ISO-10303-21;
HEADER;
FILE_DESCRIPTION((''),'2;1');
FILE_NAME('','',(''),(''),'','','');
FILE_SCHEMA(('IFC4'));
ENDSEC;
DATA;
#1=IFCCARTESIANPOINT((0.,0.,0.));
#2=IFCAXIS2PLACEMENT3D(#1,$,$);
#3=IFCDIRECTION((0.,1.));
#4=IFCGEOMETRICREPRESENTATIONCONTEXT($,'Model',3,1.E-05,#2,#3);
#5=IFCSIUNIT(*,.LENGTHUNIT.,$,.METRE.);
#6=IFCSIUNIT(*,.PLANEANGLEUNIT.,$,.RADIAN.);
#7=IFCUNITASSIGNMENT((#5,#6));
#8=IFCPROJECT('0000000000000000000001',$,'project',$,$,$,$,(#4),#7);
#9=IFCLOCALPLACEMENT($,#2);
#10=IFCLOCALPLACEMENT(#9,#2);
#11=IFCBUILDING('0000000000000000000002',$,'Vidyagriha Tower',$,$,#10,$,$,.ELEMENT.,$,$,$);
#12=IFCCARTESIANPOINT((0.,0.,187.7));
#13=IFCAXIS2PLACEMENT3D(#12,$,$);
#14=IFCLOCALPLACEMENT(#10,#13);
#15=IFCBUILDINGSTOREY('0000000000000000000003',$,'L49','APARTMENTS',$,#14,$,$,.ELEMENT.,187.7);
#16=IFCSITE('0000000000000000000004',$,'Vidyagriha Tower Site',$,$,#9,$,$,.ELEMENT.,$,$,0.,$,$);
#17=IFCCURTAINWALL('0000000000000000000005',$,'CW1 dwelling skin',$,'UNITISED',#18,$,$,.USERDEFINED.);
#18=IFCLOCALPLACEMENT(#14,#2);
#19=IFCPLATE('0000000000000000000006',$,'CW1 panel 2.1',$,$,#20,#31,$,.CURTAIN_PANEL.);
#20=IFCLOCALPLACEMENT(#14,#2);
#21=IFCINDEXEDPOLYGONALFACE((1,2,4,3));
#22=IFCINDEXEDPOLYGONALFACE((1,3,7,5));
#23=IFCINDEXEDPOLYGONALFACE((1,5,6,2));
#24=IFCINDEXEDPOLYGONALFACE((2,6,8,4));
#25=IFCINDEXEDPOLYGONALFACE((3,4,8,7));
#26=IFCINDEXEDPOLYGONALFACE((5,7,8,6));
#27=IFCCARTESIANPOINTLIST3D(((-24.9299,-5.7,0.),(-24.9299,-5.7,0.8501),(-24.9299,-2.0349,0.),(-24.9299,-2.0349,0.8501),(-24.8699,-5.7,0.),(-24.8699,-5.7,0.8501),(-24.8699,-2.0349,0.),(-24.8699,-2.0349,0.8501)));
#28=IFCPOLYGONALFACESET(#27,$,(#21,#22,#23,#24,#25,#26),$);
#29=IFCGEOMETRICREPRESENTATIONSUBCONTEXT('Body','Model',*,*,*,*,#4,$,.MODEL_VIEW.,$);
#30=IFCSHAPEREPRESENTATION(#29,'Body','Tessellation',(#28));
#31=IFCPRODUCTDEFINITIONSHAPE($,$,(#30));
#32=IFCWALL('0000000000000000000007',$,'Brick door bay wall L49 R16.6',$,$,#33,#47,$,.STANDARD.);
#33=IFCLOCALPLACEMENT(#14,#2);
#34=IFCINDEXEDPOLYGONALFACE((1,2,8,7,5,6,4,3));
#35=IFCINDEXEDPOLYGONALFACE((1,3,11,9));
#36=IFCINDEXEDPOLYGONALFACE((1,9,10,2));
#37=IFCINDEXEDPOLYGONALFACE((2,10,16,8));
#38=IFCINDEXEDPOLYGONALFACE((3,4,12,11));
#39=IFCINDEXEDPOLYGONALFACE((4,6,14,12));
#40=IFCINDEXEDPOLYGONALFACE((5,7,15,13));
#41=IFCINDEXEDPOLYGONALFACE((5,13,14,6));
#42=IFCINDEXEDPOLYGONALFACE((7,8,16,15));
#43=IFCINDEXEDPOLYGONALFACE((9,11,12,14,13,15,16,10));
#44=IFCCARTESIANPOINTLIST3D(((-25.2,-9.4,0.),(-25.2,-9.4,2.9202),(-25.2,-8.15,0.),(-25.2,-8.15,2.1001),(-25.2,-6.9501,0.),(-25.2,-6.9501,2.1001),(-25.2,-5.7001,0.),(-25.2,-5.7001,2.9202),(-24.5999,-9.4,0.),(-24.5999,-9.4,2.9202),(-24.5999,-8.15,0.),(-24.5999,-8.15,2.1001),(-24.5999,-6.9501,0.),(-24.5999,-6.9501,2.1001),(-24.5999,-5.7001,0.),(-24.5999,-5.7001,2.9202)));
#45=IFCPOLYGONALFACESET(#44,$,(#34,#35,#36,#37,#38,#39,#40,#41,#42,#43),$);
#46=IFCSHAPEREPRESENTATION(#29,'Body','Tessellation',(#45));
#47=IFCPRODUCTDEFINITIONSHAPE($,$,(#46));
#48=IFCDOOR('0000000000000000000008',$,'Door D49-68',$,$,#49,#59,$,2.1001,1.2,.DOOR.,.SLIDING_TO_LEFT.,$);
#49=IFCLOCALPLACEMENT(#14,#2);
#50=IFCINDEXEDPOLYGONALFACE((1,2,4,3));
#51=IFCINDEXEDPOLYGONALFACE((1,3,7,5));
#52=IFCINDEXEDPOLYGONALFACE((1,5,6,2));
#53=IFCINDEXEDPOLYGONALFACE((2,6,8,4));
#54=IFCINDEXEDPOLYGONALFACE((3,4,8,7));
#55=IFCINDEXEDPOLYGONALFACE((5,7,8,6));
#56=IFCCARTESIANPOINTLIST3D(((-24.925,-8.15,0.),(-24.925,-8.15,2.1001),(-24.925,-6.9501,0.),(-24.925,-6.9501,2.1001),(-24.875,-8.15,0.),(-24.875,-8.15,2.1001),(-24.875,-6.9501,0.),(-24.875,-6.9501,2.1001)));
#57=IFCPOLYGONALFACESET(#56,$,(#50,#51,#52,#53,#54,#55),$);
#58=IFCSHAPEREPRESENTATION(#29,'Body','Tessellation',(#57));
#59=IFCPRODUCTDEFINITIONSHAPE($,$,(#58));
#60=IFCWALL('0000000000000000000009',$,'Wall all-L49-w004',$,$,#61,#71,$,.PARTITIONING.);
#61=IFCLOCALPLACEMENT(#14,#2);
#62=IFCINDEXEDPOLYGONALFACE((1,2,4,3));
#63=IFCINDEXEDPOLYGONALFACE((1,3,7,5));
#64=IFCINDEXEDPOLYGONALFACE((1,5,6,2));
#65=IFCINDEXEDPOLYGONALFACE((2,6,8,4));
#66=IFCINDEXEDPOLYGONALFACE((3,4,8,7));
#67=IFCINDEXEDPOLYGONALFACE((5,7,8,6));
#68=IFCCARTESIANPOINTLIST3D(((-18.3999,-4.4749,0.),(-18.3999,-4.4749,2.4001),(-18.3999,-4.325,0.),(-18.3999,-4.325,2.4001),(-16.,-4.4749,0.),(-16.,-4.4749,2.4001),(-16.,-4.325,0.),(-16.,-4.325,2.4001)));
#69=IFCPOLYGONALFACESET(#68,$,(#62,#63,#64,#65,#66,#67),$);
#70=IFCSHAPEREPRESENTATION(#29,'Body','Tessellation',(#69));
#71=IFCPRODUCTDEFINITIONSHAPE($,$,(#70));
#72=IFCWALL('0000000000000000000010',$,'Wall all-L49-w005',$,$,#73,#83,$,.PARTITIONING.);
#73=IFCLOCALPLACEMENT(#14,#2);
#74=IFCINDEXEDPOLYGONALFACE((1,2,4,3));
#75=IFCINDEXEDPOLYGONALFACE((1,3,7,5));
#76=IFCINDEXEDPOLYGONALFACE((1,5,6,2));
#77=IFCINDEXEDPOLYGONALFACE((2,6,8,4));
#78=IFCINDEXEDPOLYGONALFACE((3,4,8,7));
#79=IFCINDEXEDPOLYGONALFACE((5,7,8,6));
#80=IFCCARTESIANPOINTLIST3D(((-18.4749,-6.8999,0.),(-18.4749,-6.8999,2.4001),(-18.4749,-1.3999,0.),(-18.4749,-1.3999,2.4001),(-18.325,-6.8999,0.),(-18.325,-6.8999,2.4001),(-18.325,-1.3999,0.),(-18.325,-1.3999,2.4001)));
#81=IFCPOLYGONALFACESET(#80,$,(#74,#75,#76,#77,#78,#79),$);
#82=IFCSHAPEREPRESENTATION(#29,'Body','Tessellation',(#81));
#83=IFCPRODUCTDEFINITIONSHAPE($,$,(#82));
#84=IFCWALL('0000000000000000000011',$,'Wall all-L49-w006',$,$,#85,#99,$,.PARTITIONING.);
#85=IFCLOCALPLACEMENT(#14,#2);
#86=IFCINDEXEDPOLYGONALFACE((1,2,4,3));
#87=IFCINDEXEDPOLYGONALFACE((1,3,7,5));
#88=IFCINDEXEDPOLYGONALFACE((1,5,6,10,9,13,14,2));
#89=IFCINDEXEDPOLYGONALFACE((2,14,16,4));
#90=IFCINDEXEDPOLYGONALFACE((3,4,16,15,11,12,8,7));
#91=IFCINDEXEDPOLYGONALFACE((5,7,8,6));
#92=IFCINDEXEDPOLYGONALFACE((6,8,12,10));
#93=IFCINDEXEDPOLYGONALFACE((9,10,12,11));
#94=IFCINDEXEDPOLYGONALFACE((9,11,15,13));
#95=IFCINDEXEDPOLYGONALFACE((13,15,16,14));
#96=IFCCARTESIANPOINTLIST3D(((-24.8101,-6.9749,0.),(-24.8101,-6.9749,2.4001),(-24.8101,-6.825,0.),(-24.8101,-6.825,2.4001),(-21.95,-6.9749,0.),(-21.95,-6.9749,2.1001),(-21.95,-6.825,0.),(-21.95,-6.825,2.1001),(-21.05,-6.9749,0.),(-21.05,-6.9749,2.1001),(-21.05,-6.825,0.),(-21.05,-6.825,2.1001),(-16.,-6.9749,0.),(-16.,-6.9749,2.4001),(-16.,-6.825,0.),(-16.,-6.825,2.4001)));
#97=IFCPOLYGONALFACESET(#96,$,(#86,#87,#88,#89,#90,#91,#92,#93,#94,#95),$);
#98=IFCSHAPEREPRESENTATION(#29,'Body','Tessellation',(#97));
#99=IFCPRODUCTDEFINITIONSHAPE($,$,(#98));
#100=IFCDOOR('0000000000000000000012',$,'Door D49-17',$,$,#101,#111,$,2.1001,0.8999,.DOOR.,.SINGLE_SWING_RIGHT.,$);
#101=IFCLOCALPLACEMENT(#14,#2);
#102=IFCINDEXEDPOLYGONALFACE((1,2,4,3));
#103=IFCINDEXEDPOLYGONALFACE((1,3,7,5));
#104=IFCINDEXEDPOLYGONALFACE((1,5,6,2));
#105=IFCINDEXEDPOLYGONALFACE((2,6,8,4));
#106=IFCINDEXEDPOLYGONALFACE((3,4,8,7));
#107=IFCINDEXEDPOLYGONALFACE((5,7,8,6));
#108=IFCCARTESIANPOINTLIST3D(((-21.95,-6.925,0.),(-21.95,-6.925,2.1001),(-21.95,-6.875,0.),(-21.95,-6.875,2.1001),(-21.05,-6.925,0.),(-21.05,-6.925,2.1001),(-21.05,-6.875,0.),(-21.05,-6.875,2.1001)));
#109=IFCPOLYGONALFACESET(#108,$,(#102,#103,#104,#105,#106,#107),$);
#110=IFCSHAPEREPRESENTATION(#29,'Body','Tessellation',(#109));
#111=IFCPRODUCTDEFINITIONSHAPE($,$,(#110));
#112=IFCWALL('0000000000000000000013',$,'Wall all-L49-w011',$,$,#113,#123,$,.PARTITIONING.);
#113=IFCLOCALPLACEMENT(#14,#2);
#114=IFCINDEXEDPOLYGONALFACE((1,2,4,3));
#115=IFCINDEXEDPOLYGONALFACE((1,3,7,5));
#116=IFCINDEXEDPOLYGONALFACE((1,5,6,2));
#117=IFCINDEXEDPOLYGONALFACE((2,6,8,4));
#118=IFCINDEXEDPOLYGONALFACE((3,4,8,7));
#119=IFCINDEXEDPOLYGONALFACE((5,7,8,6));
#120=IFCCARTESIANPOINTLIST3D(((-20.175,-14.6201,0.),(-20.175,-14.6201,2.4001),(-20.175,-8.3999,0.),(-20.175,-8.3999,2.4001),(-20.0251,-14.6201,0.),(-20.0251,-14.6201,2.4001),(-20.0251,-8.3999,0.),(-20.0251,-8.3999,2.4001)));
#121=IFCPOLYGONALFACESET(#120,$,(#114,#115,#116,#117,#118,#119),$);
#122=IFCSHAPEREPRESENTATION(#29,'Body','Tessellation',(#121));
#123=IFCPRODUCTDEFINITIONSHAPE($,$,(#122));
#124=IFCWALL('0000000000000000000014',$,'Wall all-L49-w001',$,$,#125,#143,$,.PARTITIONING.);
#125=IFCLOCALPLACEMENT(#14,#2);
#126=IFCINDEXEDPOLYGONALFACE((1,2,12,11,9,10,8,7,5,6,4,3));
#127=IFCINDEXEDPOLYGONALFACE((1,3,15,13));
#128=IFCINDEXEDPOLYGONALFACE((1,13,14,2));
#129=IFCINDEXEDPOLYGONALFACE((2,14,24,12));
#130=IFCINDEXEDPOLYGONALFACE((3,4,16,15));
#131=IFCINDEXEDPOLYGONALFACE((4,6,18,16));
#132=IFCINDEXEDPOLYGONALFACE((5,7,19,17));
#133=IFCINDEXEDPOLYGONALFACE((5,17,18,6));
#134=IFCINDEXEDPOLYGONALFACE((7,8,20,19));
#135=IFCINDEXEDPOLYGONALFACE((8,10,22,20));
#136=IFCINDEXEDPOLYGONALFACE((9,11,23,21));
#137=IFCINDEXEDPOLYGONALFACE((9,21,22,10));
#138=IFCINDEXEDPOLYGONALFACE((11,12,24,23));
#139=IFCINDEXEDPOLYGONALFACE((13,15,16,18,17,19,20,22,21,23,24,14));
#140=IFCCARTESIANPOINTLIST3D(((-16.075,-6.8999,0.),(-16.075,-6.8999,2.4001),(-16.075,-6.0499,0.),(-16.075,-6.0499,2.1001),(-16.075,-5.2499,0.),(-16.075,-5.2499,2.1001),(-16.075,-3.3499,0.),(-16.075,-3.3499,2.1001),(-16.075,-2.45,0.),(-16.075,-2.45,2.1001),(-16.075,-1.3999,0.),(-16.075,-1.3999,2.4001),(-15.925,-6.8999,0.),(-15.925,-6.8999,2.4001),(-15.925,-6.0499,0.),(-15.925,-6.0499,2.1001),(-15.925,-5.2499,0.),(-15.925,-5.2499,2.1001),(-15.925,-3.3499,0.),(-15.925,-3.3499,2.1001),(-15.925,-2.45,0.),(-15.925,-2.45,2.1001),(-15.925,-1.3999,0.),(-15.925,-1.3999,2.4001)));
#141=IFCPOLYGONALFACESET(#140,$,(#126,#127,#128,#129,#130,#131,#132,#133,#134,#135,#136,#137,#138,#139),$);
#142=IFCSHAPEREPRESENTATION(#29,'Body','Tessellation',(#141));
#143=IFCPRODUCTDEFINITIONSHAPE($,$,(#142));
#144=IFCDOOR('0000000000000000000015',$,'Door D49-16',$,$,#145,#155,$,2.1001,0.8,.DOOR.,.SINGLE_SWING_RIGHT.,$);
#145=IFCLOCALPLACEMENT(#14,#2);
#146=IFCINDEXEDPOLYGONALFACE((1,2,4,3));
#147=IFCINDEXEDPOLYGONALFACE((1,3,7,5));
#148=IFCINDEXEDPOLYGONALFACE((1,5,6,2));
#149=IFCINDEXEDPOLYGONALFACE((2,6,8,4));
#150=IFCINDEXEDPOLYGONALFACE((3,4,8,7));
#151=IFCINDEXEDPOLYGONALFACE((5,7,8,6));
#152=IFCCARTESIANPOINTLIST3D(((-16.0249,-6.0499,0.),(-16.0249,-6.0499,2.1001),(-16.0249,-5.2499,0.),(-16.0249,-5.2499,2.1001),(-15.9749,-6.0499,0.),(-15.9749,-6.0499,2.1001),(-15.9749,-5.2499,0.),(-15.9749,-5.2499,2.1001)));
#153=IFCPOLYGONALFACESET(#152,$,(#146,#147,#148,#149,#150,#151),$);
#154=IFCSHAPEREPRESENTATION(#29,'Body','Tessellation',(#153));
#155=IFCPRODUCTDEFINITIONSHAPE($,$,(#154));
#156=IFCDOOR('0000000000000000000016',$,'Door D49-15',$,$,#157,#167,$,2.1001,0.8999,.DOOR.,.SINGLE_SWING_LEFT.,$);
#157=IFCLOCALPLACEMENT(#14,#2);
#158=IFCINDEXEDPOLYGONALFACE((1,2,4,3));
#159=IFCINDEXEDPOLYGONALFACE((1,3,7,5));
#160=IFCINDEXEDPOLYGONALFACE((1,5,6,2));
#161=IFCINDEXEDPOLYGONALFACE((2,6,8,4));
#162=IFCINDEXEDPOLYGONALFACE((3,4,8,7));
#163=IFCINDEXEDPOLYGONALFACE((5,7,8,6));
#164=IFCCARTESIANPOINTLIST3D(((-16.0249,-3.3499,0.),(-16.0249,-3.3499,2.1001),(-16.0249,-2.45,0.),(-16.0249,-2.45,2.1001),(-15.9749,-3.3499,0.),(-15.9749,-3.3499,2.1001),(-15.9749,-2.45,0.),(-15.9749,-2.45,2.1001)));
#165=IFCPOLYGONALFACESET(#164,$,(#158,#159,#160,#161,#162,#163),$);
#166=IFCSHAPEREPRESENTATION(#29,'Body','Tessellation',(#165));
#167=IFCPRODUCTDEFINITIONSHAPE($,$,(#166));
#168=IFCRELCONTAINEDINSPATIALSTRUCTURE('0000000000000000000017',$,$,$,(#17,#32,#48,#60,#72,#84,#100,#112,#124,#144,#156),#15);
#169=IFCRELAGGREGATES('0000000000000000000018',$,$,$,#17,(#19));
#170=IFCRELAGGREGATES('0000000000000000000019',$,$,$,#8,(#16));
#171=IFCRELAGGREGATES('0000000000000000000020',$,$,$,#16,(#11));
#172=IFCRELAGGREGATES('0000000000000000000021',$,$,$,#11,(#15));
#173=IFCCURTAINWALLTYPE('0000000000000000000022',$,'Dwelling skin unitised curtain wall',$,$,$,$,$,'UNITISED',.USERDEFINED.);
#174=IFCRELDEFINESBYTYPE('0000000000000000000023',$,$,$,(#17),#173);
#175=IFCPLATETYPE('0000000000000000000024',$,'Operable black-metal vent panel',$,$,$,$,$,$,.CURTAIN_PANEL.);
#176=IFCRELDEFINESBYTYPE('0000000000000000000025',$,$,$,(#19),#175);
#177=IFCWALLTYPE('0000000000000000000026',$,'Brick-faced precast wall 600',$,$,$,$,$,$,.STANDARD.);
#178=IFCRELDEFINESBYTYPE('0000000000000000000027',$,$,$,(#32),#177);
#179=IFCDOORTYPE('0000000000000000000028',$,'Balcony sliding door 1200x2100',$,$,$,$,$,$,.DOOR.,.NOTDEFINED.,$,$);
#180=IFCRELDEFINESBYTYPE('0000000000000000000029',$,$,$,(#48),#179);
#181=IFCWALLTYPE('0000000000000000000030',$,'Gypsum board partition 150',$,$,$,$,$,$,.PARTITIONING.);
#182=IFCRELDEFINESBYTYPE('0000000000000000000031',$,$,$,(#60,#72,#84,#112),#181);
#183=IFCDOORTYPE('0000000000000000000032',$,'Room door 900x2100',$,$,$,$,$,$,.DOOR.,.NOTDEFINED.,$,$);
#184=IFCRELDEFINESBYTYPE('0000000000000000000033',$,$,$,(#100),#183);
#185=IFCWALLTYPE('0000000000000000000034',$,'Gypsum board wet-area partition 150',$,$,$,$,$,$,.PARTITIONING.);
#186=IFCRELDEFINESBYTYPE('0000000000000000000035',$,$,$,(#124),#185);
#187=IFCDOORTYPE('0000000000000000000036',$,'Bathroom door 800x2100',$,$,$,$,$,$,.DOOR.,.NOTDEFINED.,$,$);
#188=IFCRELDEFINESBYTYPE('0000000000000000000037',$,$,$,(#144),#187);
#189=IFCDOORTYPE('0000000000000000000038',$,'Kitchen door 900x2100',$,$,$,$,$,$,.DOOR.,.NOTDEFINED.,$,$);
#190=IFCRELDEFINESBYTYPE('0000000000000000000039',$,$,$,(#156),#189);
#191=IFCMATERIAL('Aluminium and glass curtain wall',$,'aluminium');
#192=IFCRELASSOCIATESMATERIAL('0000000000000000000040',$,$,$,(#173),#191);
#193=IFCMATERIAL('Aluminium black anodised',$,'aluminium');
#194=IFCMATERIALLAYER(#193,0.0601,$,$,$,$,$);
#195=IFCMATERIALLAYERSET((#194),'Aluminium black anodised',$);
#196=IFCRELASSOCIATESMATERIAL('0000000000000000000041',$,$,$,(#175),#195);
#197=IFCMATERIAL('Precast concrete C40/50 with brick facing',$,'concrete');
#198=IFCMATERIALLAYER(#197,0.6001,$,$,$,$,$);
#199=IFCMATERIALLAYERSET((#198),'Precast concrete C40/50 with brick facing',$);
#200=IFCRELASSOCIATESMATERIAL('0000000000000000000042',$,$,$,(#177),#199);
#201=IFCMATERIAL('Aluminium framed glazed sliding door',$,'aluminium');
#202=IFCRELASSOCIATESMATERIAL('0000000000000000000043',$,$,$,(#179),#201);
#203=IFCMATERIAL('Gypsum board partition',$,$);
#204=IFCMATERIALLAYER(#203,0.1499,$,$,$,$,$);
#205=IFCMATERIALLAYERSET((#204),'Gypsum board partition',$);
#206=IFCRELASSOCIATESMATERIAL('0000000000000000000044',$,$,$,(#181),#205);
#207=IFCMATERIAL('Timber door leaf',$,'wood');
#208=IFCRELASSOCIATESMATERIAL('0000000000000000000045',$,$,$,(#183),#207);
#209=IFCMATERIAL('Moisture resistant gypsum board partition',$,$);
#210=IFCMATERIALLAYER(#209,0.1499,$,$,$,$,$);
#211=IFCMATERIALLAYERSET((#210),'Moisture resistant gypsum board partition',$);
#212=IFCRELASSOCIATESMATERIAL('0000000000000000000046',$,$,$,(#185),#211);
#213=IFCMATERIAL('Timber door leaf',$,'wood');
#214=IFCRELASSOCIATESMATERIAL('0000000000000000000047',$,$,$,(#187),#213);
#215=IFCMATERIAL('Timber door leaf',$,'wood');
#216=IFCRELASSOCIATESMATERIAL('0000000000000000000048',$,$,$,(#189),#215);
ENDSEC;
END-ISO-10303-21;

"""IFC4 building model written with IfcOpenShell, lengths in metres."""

from ifc_helpers import new_model, si_unit, direction, frame, frame_2d, origin, origin_2d, place, context, subcontext, project, spatial, rectangle, extrude, material, layer, layer_set, type_object, element, fill, aggregate, save


model = new_model("IFC4")

# Units and contexts
model_context = context("Model", 3, precision=1e-05, world=origin(), true_north=direction((0.0, 1.0)))
body_context = subcontext(model_context, "Body", "Model", "MODEL_VIEW")
ifc_project = project(units=[si_unit("LENGTHUNIT", "METRE"), si_unit("PLANEANGLEUNIT", "RADIAN")], contexts=[model_context])

# Site, building, storey
site_placement = place(None, origin())
site = spatial("IfcSite", under=ifc_project, at=site_placement, Name="Vidyagriha Tower Site", CompositionType="ELEMENT", RefElevation=0.0)
building_placement = place(site_placement, origin())
building = spatial("IfcBuilding", under=site, at=building_placement, Name="Vidyagriha Tower", CompositionType="ELEMENT")
storey_placement = place(building_placement, frame((0.0, 0.0, 187.7)))
storey = spatial("IfcBuildingStorey", under=building, at=storey_placement, Name="L49", Description="APARTMENTS", CompositionType="ELEMENT", Elevation=187.7)

# Curtain wall
ifc_material_1 = material(Name="Aluminium and glass curtain wall", Category="aluminium")
curtain_wall_type = type_object("IfcCurtainWallType", Name="Dwelling skin unitised curtain wall", ElementType="UNITISED", PredefinedType="USERDEFINED", material=ifc_material_1)
curtain_wall_1_placement = place(storey_placement, origin())
curtain_wall_1 = element("IfcCurtainWall", 1, at=curtain_wall_1_placement, inside=storey, type_object=curtain_wall_type, Name="CW1 dwelling skin", ObjectType="UNITISED", PredefinedType="USERDEFINED")

# Plate
ifc_material_2 = material(Name="Aluminium black anodised", Category="aluminium")
ifc_layer_1 = layer(ifc_material_2, 0.0601)
ifc_layer_set_1 = layer_set([ifc_layer_1], Name="Aluminium black anodised")
plate_type_1 = type_object("IfcPlateType", Name="Operable black-metal vent panel", PredefinedType="CURTAIN_PANEL", material=ifc_layer_set_1)
plate_1_placement = place(storey_placement, frame((-24.8999, -3.8674, 0.0), z_axis=(0.0, 0.0, 1.0), x_axis=(0.0, -1.0, 0.0)))
plate_1 = element("IfcPlate", 2, at=plate_1_placement, type_object=plate_type_1, Name="CW1 panel 2.1", PredefinedType="CURTAIN_PANEL", context=body_context, shape_type="SweptSolid", body=[
    extrude(rectangle(XDim=3.665, YDim=0.0601, at=origin_2d()), origin(), (0.0, 0.0, 1.0), 0.8501),
])
aggregate(curtain_wall_1, [plate_1])

# Wall, opening, door
ifc_material_3 = material(Name="Precast concrete C40/50 with brick facing", Category="concrete")
ifc_layer_2 = layer(ifc_material_3, 0.6001)
ifc_layer_set_2 = layer_set([ifc_layer_2], Name="Precast concrete C40/50 with brick facing")
wall_type_1 = type_object("IfcWallType", Name="Brick-faced precast wall 600", PredefinedType="STANDARD", material=ifc_layer_set_2)
wall_1_placement = place(storey_placement, frame((-24.8999, -5.7, 0.0), z_axis=(0.0, 0.0, 1.0), x_axis=(0.0, -1.0, 0.0)))
wall_1 = element("IfcWall", 3, at=wall_1_placement, inside=storey, type_object=wall_type_1, Name="Brick door bay wall L49 R16.6", PredefinedType="STANDARD", context=body_context, shape_type="SweptSolid", body=[
    extrude(rectangle(XDim=3.7, YDim=0.6001, at=frame_2d((1.8501, 0.0))), origin(), (0.0, 0.0, 1.0), 2.9202),
])
opening_1_placement = place(wall_1_placement, frame((1.25, 0.0, 0.0)))
opening_1 = element("IfcOpeningElement", 4, at=opening_1_placement, cuts=wall_1, PredefinedType="OPENING", context=body_context, shape_type="SweptSolid", body=[
    extrude(rectangle(XDim=1.2, YDim=2.1001, at=frame_2d((0.6001, 1.05))), frame((0.0, 0.3101, 0.0), z_axis=(0.0, -1.0, 0.0), x_axis=(1.0, 0.0, 0.0)), (0.0, 0.0, 1.0), 0.6201),
])
ifc_material_4 = material(Name="Aluminium framed glazed sliding door", Category="aluminium")
door_type_1 = type_object("IfcDoorType", Name="Balcony sliding door 1200x2100", OperationType="NOTDEFINED", PredefinedType="DOOR", material=ifc_material_4)
door_1_placement = place(opening_1_placement, origin())
door_1 = element("IfcDoor", 5, at=door_1_placement, inside=storey, type_object=door_type_1, Name="Door D49-68", OperationType="SLIDING_TO_LEFT", OverallHeight=2.1001, OverallWidth=1.2, PredefinedType="DOOR", context=body_context, shape_type="SweptSolid", body=[
    extrude(rectangle(XDim=1.2, YDim=2.1001, at=frame_2d((0.6001, 1.05))), frame((0.0, 0.0249, 0.0), z_axis=(0.0, -1.0, 0.0), x_axis=(1.0, 0.0, 0.0)), (0.0, 0.0, 1.0), 0.05),
])
fill(opening_1, door_1)

# Walls
ifc_material_5 = material(Name="Gypsum board partition")
ifc_layer_3 = layer(ifc_material_5, 0.1499)
ifc_layer_set_3 = layer_set([ifc_layer_3], Name="Gypsum board partition")
wall_type_2 = type_object("IfcWallType", Name="Gypsum board partition 150", PredefinedType="PARTITIONING", material=ifc_layer_set_3)
wall_2_placement = place(storey_placement, frame((-16.0, -4.3999, 0.0), z_axis=(0.0, 0.0, 1.0), x_axis=(-1.0, 0.0, 0.0)))
element("IfcWall", 6, at=wall_2_placement, inside=storey, type_object=wall_type_2, Name="Wall all-L49-w004", PredefinedType="PARTITIONING", context=body_context, shape_type="SweptSolid", body=[
    extrude(rectangle(XDim=2.3999, YDim=0.1499, at=frame_2d((1.2, 0.0))), origin(), (0.0, 0.0, 1.0), 2.4001),
])
wall_3_placement = place(storey_placement, frame((-18.3999, -6.8999, 0.0), z_axis=(0.0, 0.0, 1.0), x_axis=(0.0, 1.0, 0.0)))
element("IfcWall", 7, at=wall_3_placement, inside=storey, type_object=wall_type_2, Name="Wall all-L49-w005", PredefinedType="PARTITIONING", context=body_context, shape_type="SweptSolid", body=[
    extrude(rectangle(XDim=5.5, YDim=0.1499, at=frame_2d((2.75, 0.0))), origin(), (0.0, 0.0, 1.0), 2.4001),
])

# Wall, opening, door
wall_4_placement = place(storey_placement, frame((-24.8101, -6.8999, 0.0)))
wall_4 = element("IfcWall", 8, at=wall_4_placement, inside=storey, type_object=wall_type_2, Name="Wall all-L49-w006", PredefinedType="PARTITIONING", context=body_context, shape_type="SweptSolid", body=[
    extrude(rectangle(XDim=8.8101, YDim=0.1499, at=frame_2d((4.405, 0.0))), origin(), (0.0, 0.0, 1.0), 2.4001),
])
opening_2_placement = place(wall_4_placement, frame((2.8601, 0.0, 0.0)))
opening_2 = element("IfcOpeningElement", 9, at=opening_2_placement, cuts=wall_4, PredefinedType="OPENING", context=body_context, shape_type="SweptSolid", body=[
    extrude(rectangle(XDim=0.8999, YDim=2.1001, at=frame_2d((0.45, 1.05))), frame((0.0, 0.085, 0.0), z_axis=(0.0, -1.0, 0.0), x_axis=(1.0, 0.0, 0.0)), (0.0, 0.0, 1.0), 0.1699),
])
ifc_material_6 = material(Name="Timber door leaf", Category="wood")
door_type_2 = type_object("IfcDoorType", Name="Room door 900x2100", OperationType="NOTDEFINED", PredefinedType="DOOR", material=ifc_material_6)
door_2_placement = place(opening_2_placement, origin())
door_2 = element("IfcDoor", 10, at=door_2_placement, inside=storey, type_object=door_type_2, Name="Door D49-17", OperationType="SINGLE_SWING_RIGHT", OverallHeight=2.1001, OverallWidth=0.8999, PredefinedType="DOOR", context=body_context, shape_type="SweptSolid", body=[
    extrude(rectangle(XDim=0.8999, YDim=2.1001, at=frame_2d((0.45, 1.05))), frame((0.0, 0.0249, 0.0), z_axis=(0.0, -1.0, 0.0), x_axis=(1.0, 0.0, 0.0)), (0.0, 0.0, 1.0), 0.05),
])
fill(opening_2, door_2)

# Wall
wall_5_placement = place(storey_placement, frame((-20.1001, -8.3999, 0.0), z_axis=(0.0, 0.0, 1.0), x_axis=(0.0, -1.0, 0.0)))
element("IfcWall", 11, at=wall_5_placement, inside=storey, type_object=wall_type_2, Name="Wall all-L49-w011", PredefinedType="PARTITIONING", context=body_context, shape_type="SweptSolid", body=[
    extrude(rectangle(XDim=6.2202, YDim=0.1499, at=frame_2d((3.1101, 0.0))), origin(), (0.0, 0.0, 1.0), 2.4001),
])

# Wall, openings, doors
ifc_material_7 = material(Name="Moisture resistant gypsum board partition")
ifc_layer_4 = layer(ifc_material_7, 0.1499)
ifc_layer_set_4 = layer_set([ifc_layer_4], Name="Moisture resistant gypsum board partition")
wall_type_3 = type_object("IfcWallType", Name="Gypsum board wet-area partition 150", PredefinedType="PARTITIONING", material=ifc_layer_set_4)
wall_6_placement = place(storey_placement, frame((-16.0, -6.8999, 0.0), z_axis=(0.0, 0.0, 1.0), x_axis=(0.0, 1.0, 0.0)))
wall_6 = element("IfcWall", 12, at=wall_6_placement, inside=storey, type_object=wall_type_3, Name="Wall all-L49-w001", PredefinedType="PARTITIONING", context=body_context, shape_type="SweptSolid", body=[
    extrude(rectangle(XDim=5.5, YDim=0.1499, at=frame_2d((2.75, 0.0))), origin(), (0.0, 0.0, 1.0), 2.4001),
])
opening_3_placement = place(wall_6_placement, frame((3.55, 0.0, 0.0)))
opening_3 = element("IfcOpeningElement", 13, at=opening_3_placement, cuts=wall_6, PredefinedType="OPENING", context=body_context, shape_type="SweptSolid", body=[
    extrude(rectangle(XDim=0.8999, YDim=2.1001, at=frame_2d((0.45, 1.05))), frame((0.0, 0.085, 0.0), z_axis=(0.0, -1.0, 0.0), x_axis=(1.0, 0.0, 0.0)), (0.0, 0.0, 1.0), 0.1699),
])
opening_4_placement = place(wall_6_placement, frame((0.8501, 0.0, 0.0)))
opening_4 = element("IfcOpeningElement", 14, at=opening_4_placement, cuts=wall_6, PredefinedType="OPENING", context=body_context, shape_type="SweptSolid", body=[
    extrude(rectangle(XDim=0.8, YDim=2.1001, at=frame_2d((0.3999, 1.05))), frame((0.0, 0.085, 0.0), z_axis=(0.0, -1.0, 0.0), x_axis=(1.0, 0.0, 0.0)), (0.0, 0.0, 1.0), 0.1699),
])
ifc_material_8 = material(Name="Timber door leaf", Category="wood")
door_type_3 = type_object("IfcDoorType", Name="Bathroom door 800x2100", OperationType="NOTDEFINED", PredefinedType="DOOR", material=ifc_material_8)
door_3_placement = place(opening_4_placement, origin())
door_3 = element("IfcDoor", 15, at=door_3_placement, inside=storey, type_object=door_type_3, Name="Door D49-16", OperationType="SINGLE_SWING_RIGHT", OverallHeight=2.1001, OverallWidth=0.8, PredefinedType="DOOR", context=body_context, shape_type="SweptSolid", body=[
    extrude(rectangle(XDim=0.8, YDim=2.1001, at=frame_2d((0.3999, 1.05))), frame((0.0, 0.0249, 0.0), z_axis=(0.0, -1.0, 0.0), x_axis=(1.0, 0.0, 0.0)), (0.0, 0.0, 1.0), 0.05),
])
fill(opening_4, door_3)
ifc_material_9 = material(Name="Timber door leaf", Category="wood")
door_type_4 = type_object("IfcDoorType", Name="Kitchen door 900x2100", OperationType="NOTDEFINED", PredefinedType="DOOR", material=ifc_material_9)
door_4_placement = place(opening_3_placement, origin())
door_4 = element("IfcDoor", 16, at=door_4_placement, inside=storey, type_object=door_type_4, Name="Door D49-15", OperationType="SINGLE_SWING_LEFT", OverallHeight=2.1001, OverallWidth=0.8999, PredefinedType="DOOR", context=body_context, shape_type="SweptSolid", body=[
    extrude(rectangle(XDim=0.8999, YDim=2.1001, at=frame_2d((0.45, 1.05))), frame((0.0, 0.0249, 0.0), z_axis=(0.0, -1.0, 0.0), x_axis=(1.0, 0.0, 0.0)), (0.0, 0.0, 1.0), 0.05),
])
fill(opening_3, door_4)

save(model, "model.ifc")
